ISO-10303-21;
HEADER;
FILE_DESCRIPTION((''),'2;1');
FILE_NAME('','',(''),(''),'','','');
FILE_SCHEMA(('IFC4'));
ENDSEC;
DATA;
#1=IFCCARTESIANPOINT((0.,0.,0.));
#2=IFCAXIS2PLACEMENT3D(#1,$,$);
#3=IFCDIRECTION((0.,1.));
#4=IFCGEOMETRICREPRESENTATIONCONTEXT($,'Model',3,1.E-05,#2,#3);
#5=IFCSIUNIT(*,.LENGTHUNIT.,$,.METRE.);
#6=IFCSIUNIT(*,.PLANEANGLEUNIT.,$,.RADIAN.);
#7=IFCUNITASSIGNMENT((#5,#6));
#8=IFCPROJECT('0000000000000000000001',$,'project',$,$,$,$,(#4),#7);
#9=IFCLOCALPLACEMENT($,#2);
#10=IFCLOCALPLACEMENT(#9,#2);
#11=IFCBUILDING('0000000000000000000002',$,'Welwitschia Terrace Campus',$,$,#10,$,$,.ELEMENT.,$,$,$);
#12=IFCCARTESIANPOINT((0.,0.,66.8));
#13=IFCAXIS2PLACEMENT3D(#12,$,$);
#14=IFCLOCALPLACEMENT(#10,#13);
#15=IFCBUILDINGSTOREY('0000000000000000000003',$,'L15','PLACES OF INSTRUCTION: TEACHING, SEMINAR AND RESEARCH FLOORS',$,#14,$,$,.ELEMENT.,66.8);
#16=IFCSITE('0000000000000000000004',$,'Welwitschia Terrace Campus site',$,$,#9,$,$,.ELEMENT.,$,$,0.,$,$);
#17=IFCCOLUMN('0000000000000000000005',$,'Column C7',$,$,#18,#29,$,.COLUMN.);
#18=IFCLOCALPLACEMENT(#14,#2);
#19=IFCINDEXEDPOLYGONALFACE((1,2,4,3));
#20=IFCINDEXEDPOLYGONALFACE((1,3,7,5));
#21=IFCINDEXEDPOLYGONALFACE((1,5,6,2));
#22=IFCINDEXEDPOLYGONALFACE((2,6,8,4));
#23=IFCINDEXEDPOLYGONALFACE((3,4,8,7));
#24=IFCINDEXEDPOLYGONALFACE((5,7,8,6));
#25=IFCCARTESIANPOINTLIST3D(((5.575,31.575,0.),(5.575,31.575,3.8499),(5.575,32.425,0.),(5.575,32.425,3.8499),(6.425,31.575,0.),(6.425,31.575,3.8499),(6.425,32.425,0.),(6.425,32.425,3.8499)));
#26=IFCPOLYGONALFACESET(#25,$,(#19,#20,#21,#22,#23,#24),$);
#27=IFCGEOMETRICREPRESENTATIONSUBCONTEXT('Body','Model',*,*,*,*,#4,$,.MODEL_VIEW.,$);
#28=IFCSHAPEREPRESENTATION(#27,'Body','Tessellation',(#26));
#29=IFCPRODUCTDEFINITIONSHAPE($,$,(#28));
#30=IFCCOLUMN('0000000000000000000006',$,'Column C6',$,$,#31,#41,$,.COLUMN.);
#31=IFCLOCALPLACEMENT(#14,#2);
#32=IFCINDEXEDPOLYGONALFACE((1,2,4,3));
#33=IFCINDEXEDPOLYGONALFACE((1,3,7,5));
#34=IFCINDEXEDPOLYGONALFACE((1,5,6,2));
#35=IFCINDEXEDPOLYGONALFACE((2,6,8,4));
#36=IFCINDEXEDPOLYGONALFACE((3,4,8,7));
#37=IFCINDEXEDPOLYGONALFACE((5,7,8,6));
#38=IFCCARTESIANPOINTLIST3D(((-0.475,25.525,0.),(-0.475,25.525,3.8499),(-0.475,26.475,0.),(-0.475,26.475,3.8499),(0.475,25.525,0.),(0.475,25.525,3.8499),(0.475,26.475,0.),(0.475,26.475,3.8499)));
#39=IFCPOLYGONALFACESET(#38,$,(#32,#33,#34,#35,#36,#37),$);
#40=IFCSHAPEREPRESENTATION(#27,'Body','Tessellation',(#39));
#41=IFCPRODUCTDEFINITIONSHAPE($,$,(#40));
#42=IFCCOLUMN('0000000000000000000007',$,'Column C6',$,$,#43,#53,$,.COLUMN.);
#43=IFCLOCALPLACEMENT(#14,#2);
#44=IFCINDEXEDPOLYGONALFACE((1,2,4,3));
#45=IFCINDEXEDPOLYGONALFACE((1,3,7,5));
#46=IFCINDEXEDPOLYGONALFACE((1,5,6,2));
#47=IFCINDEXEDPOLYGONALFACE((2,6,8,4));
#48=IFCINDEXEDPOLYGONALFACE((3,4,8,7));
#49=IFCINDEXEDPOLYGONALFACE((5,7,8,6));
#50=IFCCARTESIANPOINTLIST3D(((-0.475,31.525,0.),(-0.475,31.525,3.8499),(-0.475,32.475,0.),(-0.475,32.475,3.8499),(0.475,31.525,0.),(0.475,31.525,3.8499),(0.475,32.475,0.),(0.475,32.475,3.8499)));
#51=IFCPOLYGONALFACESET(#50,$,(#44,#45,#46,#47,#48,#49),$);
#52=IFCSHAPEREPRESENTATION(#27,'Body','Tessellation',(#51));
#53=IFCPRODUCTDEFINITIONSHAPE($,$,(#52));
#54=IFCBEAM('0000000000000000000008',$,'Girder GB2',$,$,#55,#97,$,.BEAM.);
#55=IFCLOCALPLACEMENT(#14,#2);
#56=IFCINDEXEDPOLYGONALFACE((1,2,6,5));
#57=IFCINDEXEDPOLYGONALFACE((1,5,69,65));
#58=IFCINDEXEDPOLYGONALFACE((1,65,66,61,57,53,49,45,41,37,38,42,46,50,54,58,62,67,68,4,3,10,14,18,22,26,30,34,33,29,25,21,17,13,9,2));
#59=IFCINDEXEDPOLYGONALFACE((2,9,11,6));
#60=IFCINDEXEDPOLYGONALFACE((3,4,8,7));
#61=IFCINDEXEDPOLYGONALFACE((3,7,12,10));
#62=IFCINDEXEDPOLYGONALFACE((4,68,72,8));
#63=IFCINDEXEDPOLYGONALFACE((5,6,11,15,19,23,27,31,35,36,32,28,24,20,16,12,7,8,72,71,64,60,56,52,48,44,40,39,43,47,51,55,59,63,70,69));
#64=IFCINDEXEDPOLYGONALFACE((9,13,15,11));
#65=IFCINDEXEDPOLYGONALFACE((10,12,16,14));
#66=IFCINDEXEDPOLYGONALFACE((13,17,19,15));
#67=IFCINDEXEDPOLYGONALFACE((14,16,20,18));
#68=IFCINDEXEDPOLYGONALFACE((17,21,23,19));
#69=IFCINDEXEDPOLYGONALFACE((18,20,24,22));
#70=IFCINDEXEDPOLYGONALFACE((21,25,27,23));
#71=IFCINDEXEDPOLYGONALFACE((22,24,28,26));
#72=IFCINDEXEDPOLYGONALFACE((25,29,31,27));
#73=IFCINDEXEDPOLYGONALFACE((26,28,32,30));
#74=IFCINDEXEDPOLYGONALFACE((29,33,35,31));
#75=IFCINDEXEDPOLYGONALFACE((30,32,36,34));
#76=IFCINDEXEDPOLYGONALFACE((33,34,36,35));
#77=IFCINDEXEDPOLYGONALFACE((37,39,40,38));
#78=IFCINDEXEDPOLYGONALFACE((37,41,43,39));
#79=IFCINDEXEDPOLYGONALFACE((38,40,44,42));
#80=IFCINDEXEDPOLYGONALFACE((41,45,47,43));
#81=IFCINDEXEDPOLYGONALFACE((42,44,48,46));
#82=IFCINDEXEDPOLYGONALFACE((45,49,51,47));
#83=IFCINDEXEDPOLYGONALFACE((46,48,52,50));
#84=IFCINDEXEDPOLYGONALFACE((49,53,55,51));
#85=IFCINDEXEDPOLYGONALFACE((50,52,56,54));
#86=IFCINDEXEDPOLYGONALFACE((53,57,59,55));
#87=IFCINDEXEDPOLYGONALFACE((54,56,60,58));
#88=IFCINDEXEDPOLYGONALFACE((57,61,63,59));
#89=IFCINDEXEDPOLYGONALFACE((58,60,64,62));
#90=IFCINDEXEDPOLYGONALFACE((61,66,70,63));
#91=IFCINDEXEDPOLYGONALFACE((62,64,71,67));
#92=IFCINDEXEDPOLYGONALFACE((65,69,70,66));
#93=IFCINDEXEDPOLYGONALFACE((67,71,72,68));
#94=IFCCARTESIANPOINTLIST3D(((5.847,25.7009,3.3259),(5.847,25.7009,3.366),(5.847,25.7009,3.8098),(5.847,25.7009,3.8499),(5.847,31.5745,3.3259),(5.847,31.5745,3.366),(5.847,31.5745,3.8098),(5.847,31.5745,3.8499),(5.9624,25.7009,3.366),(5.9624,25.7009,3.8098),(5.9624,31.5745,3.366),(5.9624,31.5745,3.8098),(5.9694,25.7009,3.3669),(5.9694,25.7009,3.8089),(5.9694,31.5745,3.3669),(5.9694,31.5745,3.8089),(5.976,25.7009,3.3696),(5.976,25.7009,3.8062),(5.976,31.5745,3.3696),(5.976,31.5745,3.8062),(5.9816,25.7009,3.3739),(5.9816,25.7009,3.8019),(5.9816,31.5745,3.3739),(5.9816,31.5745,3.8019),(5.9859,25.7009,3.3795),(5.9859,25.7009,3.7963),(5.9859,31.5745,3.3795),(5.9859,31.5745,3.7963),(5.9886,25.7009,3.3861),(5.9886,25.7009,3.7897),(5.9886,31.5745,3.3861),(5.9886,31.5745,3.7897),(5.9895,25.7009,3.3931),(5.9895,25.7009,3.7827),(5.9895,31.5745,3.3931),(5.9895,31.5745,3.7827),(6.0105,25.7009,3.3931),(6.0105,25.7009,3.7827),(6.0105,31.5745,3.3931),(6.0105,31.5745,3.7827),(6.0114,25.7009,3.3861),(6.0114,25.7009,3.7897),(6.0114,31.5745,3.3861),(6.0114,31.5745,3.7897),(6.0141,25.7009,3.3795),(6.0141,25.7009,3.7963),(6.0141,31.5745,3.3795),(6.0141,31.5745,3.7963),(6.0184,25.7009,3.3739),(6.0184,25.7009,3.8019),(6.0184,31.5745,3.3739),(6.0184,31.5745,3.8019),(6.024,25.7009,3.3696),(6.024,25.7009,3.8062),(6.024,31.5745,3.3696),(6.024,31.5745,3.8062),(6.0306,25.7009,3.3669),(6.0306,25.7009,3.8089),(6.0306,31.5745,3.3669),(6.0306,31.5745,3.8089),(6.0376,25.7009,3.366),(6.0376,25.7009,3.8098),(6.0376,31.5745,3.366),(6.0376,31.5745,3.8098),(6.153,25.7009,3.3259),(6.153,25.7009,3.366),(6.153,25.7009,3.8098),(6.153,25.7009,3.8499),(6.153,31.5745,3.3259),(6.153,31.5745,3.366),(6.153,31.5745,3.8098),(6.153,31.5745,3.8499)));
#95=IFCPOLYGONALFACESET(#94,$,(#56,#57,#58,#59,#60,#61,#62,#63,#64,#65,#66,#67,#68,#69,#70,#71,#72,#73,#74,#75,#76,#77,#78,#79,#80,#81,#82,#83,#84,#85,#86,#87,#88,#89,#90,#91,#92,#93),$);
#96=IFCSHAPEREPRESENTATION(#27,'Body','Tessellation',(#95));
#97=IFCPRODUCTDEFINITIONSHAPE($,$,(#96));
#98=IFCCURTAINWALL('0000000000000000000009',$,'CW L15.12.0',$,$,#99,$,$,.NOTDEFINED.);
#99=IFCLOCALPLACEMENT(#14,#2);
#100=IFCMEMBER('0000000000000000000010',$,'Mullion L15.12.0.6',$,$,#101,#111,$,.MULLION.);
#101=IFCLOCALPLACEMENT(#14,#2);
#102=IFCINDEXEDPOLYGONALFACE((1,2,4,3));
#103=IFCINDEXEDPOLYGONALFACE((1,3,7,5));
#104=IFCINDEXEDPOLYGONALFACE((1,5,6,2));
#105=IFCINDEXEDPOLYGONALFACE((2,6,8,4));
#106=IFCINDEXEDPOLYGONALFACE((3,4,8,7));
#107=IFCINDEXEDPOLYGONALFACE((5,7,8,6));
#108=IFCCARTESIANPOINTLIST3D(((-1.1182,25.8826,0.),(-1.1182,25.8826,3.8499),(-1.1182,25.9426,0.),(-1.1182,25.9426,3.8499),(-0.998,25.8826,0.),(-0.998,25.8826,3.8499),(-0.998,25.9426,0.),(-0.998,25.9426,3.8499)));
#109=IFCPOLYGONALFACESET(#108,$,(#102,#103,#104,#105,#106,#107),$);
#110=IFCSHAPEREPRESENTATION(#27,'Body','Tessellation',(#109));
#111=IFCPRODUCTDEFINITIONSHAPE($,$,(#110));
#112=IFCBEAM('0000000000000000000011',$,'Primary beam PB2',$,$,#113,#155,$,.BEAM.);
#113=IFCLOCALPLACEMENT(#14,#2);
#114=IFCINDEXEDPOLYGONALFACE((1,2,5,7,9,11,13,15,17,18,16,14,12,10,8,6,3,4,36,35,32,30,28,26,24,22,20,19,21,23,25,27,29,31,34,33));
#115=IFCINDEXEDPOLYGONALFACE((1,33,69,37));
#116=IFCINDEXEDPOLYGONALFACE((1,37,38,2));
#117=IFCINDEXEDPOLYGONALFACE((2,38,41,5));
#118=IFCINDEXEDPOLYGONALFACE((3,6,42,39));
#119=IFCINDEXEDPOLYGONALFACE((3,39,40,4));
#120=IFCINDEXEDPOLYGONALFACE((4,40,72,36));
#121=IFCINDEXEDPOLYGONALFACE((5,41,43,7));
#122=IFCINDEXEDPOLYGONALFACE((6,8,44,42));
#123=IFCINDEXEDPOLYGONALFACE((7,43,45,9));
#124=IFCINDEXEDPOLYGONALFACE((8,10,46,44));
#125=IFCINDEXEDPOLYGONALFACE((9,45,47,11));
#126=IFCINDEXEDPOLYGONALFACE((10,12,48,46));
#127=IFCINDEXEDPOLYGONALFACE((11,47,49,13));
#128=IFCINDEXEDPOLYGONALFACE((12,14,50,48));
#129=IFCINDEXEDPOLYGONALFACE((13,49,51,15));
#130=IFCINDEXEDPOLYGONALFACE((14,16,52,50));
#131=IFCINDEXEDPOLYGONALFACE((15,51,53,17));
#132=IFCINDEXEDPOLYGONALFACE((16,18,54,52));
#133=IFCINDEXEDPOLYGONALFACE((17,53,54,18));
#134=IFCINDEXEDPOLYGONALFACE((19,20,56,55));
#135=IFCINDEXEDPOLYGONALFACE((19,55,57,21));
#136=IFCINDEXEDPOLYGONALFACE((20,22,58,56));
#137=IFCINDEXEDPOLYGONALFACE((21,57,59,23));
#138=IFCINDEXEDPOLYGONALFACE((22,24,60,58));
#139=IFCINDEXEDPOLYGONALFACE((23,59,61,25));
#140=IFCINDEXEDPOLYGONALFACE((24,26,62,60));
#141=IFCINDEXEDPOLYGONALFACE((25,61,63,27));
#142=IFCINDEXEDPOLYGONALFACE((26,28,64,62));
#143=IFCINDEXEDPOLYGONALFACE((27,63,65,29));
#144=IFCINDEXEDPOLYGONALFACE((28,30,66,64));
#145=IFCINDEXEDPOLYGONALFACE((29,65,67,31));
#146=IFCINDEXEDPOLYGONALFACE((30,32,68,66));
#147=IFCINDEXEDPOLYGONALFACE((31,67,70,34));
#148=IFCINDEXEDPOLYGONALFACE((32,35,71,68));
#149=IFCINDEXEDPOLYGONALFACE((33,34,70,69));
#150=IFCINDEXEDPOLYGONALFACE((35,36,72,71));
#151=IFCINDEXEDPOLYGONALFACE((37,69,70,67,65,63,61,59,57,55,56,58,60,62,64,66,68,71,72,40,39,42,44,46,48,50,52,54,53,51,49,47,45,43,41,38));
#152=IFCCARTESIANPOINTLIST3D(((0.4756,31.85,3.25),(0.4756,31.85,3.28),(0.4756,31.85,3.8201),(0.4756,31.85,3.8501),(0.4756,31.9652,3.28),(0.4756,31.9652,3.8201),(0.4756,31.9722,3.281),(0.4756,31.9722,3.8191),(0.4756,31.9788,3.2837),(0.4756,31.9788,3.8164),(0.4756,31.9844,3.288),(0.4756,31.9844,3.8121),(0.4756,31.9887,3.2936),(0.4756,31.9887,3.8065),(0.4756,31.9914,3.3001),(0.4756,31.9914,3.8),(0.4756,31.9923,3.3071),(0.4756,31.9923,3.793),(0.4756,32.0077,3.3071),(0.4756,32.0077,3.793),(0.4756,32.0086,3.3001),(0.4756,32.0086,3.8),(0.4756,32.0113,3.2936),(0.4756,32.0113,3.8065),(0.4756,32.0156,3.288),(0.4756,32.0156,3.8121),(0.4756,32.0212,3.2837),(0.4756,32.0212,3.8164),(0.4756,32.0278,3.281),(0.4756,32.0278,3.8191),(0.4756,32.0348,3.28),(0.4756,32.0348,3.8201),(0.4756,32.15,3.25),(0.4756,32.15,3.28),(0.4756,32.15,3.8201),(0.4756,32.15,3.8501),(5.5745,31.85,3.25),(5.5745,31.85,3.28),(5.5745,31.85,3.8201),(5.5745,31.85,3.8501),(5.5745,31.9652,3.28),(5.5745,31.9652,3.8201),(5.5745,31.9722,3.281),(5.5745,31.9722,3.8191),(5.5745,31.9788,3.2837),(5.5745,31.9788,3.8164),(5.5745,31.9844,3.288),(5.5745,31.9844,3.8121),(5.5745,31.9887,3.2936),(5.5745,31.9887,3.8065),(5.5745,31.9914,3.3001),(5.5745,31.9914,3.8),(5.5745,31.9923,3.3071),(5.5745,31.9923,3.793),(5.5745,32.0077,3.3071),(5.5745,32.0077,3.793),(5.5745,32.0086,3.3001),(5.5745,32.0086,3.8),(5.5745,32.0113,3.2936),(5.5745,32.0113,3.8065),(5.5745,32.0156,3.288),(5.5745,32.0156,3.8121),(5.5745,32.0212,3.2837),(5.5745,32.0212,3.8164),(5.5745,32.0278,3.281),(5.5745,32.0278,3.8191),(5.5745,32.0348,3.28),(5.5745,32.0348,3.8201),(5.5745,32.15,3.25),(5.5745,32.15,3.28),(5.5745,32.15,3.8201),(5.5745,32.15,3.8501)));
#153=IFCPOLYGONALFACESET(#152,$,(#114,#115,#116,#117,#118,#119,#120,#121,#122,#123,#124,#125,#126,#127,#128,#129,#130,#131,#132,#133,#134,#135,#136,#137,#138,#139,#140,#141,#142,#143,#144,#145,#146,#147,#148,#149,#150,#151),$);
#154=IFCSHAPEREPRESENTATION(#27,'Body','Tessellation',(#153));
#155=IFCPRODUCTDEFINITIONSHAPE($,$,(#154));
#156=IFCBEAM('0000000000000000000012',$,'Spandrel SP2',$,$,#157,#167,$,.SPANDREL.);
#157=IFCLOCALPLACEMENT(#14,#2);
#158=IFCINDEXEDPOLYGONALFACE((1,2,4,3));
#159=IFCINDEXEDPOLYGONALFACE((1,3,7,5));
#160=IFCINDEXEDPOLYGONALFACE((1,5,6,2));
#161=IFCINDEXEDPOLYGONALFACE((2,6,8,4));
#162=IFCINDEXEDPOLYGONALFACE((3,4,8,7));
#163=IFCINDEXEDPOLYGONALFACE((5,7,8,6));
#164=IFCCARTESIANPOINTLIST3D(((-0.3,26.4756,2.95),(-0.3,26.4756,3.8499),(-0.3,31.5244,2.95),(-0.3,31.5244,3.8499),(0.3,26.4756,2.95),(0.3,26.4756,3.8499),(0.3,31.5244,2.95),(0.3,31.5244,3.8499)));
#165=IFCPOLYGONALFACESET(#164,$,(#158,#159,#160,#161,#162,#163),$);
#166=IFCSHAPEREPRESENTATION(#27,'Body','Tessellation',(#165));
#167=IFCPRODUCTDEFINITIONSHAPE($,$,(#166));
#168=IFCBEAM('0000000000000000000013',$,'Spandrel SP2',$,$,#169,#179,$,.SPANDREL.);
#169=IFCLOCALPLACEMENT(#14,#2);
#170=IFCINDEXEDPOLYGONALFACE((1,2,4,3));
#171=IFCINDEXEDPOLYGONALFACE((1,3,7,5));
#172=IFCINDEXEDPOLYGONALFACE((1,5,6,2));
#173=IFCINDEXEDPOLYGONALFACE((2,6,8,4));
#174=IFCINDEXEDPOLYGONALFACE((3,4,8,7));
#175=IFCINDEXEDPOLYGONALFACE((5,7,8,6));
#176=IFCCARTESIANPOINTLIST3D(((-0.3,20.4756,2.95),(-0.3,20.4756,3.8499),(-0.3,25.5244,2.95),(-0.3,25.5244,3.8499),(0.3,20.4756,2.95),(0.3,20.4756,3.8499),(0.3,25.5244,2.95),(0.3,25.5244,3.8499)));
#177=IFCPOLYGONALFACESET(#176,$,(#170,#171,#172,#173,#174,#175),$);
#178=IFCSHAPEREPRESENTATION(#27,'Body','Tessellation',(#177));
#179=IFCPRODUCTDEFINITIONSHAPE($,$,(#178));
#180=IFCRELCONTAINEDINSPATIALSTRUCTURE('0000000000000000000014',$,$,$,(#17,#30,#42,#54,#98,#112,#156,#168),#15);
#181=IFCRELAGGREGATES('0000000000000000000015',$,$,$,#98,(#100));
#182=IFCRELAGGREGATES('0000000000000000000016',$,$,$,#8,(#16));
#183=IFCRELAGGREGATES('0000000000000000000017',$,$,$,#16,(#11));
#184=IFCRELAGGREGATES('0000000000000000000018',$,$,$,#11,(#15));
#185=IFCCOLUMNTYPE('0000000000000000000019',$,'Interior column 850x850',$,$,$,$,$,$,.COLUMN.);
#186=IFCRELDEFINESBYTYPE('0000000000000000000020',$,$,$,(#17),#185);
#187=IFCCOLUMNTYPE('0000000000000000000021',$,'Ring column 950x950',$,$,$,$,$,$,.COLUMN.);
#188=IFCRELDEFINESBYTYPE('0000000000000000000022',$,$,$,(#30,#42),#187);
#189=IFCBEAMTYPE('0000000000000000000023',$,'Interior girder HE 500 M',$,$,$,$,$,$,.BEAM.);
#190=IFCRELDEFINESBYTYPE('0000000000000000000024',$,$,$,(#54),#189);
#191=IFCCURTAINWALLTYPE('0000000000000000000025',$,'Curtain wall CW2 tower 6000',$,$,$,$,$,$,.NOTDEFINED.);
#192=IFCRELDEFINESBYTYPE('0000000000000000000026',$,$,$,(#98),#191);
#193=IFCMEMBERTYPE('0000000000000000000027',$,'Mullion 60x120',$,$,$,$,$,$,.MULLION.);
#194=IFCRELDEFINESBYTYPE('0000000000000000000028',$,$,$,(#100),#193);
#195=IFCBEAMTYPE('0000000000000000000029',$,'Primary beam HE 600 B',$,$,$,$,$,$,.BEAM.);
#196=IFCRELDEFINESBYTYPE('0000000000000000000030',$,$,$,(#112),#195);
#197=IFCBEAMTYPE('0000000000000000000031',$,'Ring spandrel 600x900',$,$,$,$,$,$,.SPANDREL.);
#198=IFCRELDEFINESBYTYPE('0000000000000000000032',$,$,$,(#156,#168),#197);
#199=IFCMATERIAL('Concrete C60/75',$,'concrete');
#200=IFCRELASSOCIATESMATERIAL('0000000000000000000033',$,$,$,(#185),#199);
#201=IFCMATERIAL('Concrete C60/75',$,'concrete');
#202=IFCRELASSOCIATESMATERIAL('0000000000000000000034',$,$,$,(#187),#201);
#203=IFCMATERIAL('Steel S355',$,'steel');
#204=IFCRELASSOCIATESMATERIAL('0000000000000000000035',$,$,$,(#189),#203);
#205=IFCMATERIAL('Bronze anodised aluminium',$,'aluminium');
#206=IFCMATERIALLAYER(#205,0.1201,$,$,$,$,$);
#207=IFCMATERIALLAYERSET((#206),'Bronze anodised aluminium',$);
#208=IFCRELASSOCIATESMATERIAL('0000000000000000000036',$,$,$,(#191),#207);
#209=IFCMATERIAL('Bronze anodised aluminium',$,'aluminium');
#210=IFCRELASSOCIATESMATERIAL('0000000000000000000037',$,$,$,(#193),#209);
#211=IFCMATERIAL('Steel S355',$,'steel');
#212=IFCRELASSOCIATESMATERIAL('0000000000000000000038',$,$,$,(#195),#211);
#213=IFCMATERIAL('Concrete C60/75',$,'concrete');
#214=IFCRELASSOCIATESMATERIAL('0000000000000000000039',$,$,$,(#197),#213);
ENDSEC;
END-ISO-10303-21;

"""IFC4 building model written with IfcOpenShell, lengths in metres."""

from ifc_helpers import new_model, si_unit, direction, frame, origin, origin_2d, place, context, subcontext, project, spatial, rectangle, i_section, extrude, material, layer, layer_set, material_profile, profile_set, type_object, element, aggregate, save


model = new_model("IFC4")

# Units and contexts
model_context = context("Model", 3, precision=1e-05, world=origin(), true_north=direction((0.0, 1.0)))
body_context = subcontext(model_context, "Body", "Model", "MODEL_VIEW")
ifc_project = project(units=[si_unit("LENGTHUNIT", "METRE"), si_unit("PLANEANGLEUNIT", "RADIAN")], contexts=[model_context])

# Site, building, storey
site_placement = place(None, origin())
site = spatial("IfcSite", under=ifc_project, at=site_placement, Name="Welwitschia Terrace Campus site", CompositionType="ELEMENT", RefElevation=0.0)
building_placement = place(site_placement, origin())
building = spatial("IfcBuilding", under=site, at=building_placement, Name="Welwitschia Terrace Campus", CompositionType="ELEMENT")
storey_placement = place(building_placement, frame((0.0, 0.0, 66.8)))
storey = spatial("IfcBuildingStorey", under=building, at=storey_placement, Name="L15", Description="PLACES OF INSTRUCTION: TEACHING, SEMINAR AND RESEARCH FLOORS", CompositionType="ELEMENT", Elevation=66.8)

# Columns
ifc_material_1 = material(Name="Concrete C60/75", Category="concrete")
ifc_material_profile_1 = material_profile(ifc_material_1, rectangle(XDim=0.8501, YDim=0.8501, at=origin_2d()))
ifc_profile_set_1 = profile_set([ifc_material_profile_1], Name="Concrete C60/75")
column_type_1 = type_object("IfcColumnType", Name="Interior column 850x850", PredefinedType="COLUMN", material=ifc_profile_set_1)
column_placement = place(storey_placement, frame((6.0, 32.0, 0.0), z_axis=(0.0, 0.0, 1.0), x_axis=(1.0, 0.0, 0.0)))
element("IfcColumn", 1, at=column_placement, inside=storey, type_object=column_type_1, Name="Column C7", PredefinedType="COLUMN", context=body_context, shape_type="SweptSolid", body=[
    extrude(rectangle(XDim=0.8501, YDim=0.8501, at=origin_2d()), origin(), (0.0, 0.0, 1.0), 3.8499),
])
ifc_material_2 = material(Name="Concrete C60/75", Category="concrete")
ifc_material_profile_2 = material_profile(ifc_material_2, rectangle(XDim=0.95, YDim=0.95, at=origin_2d()))
ifc_profile_set_2 = profile_set([ifc_material_profile_2], Name="Concrete C60/75")
column_type_2 = type_object("IfcColumnType", Name="Ring column 950x950", PredefinedType="COLUMN", material=ifc_profile_set_2)
for number, where, z_axis, x_axis, name in (
    (2, (0.0, 26.0, 0.0), (0.0, 0.0, 1.0), (1.0, 0.0, 0.0), "Column C6"),
    (3, (0.0, 32.0, 0.0), (0.0, 0.0, 1.0), (1.0, 0.0, 0.0), "Column C6"),
):
    element("IfcColumn", number, at=place(storey_placement, frame(where, z_axis=z_axis, x_axis=x_axis)), inside=storey, type_object=column_type_2, Name=name, PredefinedType="COLUMN", context=body_context, shape_type="SweptSolid", body=[
        extrude(rectangle(XDim=0.95, YDim=0.95, at=origin_2d()), origin(), (0.0, 0.0, 1.0), 3.8499),
    ])

# Beam
ifc_material_3 = material(Name="Steel S355", Category="steel")
ifc_material_profile_3 = material_profile(ifc_material_3, i_section(OverallWidth=0.3059, OverallDepth=0.5239, WebThickness=0.021, FlangeThickness=0.04, FilletRadius=0.0271, at=origin_2d()))
ifc_profile_set_3 = profile_set([ifc_material_profile_3], Name="Steel S355")
beam_type_1 = type_object("IfcBeamType", Name="Interior girder HE 500 M", PredefinedType="BEAM", material=ifc_profile_set_3)
beam_1_placement = place(storey_placement, frame((6.0, 25.7009, 3.5879), z_axis=(0.0, 1.0, 0.0), x_axis=(-1.0, 0.0, 0.0)))
element("IfcBeam", 4, at=beam_1_placement, inside=storey, type_object=beam_type_1, Name="Girder GB2", PredefinedType="BEAM", context=body_context, shape_type="SweptSolid", body=[
    extrude(i_section(OverallWidth=0.3059, OverallDepth=0.5239, WebThickness=0.021, FlangeThickness=0.04, FilletRadius=0.0271, at=origin_2d()), origin(), (0.0, 0.0, 1.0), 5.8735),
])

# Curtain wall, member
ifc_material_4 = material(Name="Bronze anodised aluminium", Category="aluminium")
ifc_layer_1 = layer(ifc_material_4, 0.1201)
ifc_layer_set_1 = layer_set([ifc_layer_1], Name="Bronze anodised aluminium")
curtain_wall_type = type_object("IfcCurtainWallType", Name="Curtain wall CW2 tower 6000", PredefinedType="NOTDEFINED", material=ifc_layer_set_1)
curtain_wall_placement = place(storey_placement, origin())
curtain_wall = element("IfcCurtainWall", 5, at=curtain_wall_placement, inside=storey, type_object=curtain_wall_type, Name="CW L15.12.0", PredefinedType="NOTDEFINED")
ifc_material_5 = material(Name="Bronze anodised aluminium", Category="aluminium")
ifc_material_profile_4 = material_profile(ifc_material_5, rectangle(XDim=0.1201, YDim=0.0601, at=origin_2d()))
ifc_profile_set_4 = profile_set([ifc_material_profile_4], Name="Bronze anodised aluminium")
member_type = type_object("IfcMemberType", Name="Mullion 60x120", PredefinedType="MULLION", material=ifc_profile_set_4)
member_placement = place(storey_placement, frame((-1.0581, 25.9126, 0.0), z_axis=(0.0, 0.0, 1.0), x_axis=(1.0, 0.0, 0.0)))
member = element("IfcMember", 6, at=member_placement, type_object=member_type, Name="Mullion L15.12.0.6", PredefinedType="MULLION", context=body_context, shape_type="SweptSolid", body=[
    extrude(rectangle(XDim=0.1201, YDim=0.0601, at=origin_2d()), origin(), (0.0, 0.0, 1.0), 3.8499),
])

# Beams
ifc_material_6 = material(Name="Steel S355", Category="steel")
ifc_material_profile_5 = material_profile(ifc_material_6, i_section(OverallWidth=0.3, OverallDepth=0.6001, WebThickness=0.0154, FlangeThickness=0.03, FilletRadius=0.0271, at=origin_2d()))
ifc_profile_set_5 = profile_set([ifc_material_profile_5], Name="Steel S355")
beam_type_2 = type_object("IfcBeamType", Name="Primary beam HE 600 B", PredefinedType="BEAM", material=ifc_profile_set_5)
beam_2_placement = place(storey_placement, frame((0.4756, 32.0, 3.55), z_axis=(1.0, 0.0, 0.0), x_axis=(0.0, 1.0, 0.0)))
element("IfcBeam", 7, at=beam_2_placement, inside=storey, type_object=beam_type_2, Name="Primary beam PB2", PredefinedType="BEAM", context=body_context, shape_type="SweptSolid", body=[
    extrude(i_section(OverallWidth=0.3, OverallDepth=0.6001, WebThickness=0.0154, FlangeThickness=0.03, FilletRadius=0.0271, at=origin_2d()), origin(), (0.0, 0.0, 1.0), 5.0989),
])
ifc_material_7 = material(Name="Concrete C60/75", Category="concrete")
ifc_material_profile_6 = material_profile(ifc_material_7, rectangle(XDim=0.6001, YDim=0.8999, at=origin_2d()))
ifc_profile_set_6 = profile_set([ifc_material_profile_6], Name="Concrete C60/75")
beam_type_3 = type_object("IfcBeamType", Name="Ring spandrel 600x900", PredefinedType="SPANDREL", material=ifc_profile_set_6)
for number, where, z_axis, x_axis, name in (
    (8, (0.0, 31.5244, 3.3999), (0.0, -1.0, 0.0), (1.0, 0.0, 0.0), "Spandrel SP2"),
    (9, (0.0, 25.5244, 3.3999), (0.0, -1.0, 0.0), (1.0, 0.0, 0.0), "Spandrel SP2"),
):
    element("IfcBeam", number, at=place(storey_placement, frame(where, z_axis=z_axis, x_axis=x_axis)), inside=storey, type_object=beam_type_3, Name=name, PredefinedType="SPANDREL", context=body_context, shape_type="SweptSolid", body=[
        extrude(rectangle(XDim=0.6001, YDim=0.8999, at=origin_2d()), origin(), (0.0, 0.0, 1.0), 5.0488),
    ])

aggregate(curtain_wall, [member])

save(model, "model.ifc")
